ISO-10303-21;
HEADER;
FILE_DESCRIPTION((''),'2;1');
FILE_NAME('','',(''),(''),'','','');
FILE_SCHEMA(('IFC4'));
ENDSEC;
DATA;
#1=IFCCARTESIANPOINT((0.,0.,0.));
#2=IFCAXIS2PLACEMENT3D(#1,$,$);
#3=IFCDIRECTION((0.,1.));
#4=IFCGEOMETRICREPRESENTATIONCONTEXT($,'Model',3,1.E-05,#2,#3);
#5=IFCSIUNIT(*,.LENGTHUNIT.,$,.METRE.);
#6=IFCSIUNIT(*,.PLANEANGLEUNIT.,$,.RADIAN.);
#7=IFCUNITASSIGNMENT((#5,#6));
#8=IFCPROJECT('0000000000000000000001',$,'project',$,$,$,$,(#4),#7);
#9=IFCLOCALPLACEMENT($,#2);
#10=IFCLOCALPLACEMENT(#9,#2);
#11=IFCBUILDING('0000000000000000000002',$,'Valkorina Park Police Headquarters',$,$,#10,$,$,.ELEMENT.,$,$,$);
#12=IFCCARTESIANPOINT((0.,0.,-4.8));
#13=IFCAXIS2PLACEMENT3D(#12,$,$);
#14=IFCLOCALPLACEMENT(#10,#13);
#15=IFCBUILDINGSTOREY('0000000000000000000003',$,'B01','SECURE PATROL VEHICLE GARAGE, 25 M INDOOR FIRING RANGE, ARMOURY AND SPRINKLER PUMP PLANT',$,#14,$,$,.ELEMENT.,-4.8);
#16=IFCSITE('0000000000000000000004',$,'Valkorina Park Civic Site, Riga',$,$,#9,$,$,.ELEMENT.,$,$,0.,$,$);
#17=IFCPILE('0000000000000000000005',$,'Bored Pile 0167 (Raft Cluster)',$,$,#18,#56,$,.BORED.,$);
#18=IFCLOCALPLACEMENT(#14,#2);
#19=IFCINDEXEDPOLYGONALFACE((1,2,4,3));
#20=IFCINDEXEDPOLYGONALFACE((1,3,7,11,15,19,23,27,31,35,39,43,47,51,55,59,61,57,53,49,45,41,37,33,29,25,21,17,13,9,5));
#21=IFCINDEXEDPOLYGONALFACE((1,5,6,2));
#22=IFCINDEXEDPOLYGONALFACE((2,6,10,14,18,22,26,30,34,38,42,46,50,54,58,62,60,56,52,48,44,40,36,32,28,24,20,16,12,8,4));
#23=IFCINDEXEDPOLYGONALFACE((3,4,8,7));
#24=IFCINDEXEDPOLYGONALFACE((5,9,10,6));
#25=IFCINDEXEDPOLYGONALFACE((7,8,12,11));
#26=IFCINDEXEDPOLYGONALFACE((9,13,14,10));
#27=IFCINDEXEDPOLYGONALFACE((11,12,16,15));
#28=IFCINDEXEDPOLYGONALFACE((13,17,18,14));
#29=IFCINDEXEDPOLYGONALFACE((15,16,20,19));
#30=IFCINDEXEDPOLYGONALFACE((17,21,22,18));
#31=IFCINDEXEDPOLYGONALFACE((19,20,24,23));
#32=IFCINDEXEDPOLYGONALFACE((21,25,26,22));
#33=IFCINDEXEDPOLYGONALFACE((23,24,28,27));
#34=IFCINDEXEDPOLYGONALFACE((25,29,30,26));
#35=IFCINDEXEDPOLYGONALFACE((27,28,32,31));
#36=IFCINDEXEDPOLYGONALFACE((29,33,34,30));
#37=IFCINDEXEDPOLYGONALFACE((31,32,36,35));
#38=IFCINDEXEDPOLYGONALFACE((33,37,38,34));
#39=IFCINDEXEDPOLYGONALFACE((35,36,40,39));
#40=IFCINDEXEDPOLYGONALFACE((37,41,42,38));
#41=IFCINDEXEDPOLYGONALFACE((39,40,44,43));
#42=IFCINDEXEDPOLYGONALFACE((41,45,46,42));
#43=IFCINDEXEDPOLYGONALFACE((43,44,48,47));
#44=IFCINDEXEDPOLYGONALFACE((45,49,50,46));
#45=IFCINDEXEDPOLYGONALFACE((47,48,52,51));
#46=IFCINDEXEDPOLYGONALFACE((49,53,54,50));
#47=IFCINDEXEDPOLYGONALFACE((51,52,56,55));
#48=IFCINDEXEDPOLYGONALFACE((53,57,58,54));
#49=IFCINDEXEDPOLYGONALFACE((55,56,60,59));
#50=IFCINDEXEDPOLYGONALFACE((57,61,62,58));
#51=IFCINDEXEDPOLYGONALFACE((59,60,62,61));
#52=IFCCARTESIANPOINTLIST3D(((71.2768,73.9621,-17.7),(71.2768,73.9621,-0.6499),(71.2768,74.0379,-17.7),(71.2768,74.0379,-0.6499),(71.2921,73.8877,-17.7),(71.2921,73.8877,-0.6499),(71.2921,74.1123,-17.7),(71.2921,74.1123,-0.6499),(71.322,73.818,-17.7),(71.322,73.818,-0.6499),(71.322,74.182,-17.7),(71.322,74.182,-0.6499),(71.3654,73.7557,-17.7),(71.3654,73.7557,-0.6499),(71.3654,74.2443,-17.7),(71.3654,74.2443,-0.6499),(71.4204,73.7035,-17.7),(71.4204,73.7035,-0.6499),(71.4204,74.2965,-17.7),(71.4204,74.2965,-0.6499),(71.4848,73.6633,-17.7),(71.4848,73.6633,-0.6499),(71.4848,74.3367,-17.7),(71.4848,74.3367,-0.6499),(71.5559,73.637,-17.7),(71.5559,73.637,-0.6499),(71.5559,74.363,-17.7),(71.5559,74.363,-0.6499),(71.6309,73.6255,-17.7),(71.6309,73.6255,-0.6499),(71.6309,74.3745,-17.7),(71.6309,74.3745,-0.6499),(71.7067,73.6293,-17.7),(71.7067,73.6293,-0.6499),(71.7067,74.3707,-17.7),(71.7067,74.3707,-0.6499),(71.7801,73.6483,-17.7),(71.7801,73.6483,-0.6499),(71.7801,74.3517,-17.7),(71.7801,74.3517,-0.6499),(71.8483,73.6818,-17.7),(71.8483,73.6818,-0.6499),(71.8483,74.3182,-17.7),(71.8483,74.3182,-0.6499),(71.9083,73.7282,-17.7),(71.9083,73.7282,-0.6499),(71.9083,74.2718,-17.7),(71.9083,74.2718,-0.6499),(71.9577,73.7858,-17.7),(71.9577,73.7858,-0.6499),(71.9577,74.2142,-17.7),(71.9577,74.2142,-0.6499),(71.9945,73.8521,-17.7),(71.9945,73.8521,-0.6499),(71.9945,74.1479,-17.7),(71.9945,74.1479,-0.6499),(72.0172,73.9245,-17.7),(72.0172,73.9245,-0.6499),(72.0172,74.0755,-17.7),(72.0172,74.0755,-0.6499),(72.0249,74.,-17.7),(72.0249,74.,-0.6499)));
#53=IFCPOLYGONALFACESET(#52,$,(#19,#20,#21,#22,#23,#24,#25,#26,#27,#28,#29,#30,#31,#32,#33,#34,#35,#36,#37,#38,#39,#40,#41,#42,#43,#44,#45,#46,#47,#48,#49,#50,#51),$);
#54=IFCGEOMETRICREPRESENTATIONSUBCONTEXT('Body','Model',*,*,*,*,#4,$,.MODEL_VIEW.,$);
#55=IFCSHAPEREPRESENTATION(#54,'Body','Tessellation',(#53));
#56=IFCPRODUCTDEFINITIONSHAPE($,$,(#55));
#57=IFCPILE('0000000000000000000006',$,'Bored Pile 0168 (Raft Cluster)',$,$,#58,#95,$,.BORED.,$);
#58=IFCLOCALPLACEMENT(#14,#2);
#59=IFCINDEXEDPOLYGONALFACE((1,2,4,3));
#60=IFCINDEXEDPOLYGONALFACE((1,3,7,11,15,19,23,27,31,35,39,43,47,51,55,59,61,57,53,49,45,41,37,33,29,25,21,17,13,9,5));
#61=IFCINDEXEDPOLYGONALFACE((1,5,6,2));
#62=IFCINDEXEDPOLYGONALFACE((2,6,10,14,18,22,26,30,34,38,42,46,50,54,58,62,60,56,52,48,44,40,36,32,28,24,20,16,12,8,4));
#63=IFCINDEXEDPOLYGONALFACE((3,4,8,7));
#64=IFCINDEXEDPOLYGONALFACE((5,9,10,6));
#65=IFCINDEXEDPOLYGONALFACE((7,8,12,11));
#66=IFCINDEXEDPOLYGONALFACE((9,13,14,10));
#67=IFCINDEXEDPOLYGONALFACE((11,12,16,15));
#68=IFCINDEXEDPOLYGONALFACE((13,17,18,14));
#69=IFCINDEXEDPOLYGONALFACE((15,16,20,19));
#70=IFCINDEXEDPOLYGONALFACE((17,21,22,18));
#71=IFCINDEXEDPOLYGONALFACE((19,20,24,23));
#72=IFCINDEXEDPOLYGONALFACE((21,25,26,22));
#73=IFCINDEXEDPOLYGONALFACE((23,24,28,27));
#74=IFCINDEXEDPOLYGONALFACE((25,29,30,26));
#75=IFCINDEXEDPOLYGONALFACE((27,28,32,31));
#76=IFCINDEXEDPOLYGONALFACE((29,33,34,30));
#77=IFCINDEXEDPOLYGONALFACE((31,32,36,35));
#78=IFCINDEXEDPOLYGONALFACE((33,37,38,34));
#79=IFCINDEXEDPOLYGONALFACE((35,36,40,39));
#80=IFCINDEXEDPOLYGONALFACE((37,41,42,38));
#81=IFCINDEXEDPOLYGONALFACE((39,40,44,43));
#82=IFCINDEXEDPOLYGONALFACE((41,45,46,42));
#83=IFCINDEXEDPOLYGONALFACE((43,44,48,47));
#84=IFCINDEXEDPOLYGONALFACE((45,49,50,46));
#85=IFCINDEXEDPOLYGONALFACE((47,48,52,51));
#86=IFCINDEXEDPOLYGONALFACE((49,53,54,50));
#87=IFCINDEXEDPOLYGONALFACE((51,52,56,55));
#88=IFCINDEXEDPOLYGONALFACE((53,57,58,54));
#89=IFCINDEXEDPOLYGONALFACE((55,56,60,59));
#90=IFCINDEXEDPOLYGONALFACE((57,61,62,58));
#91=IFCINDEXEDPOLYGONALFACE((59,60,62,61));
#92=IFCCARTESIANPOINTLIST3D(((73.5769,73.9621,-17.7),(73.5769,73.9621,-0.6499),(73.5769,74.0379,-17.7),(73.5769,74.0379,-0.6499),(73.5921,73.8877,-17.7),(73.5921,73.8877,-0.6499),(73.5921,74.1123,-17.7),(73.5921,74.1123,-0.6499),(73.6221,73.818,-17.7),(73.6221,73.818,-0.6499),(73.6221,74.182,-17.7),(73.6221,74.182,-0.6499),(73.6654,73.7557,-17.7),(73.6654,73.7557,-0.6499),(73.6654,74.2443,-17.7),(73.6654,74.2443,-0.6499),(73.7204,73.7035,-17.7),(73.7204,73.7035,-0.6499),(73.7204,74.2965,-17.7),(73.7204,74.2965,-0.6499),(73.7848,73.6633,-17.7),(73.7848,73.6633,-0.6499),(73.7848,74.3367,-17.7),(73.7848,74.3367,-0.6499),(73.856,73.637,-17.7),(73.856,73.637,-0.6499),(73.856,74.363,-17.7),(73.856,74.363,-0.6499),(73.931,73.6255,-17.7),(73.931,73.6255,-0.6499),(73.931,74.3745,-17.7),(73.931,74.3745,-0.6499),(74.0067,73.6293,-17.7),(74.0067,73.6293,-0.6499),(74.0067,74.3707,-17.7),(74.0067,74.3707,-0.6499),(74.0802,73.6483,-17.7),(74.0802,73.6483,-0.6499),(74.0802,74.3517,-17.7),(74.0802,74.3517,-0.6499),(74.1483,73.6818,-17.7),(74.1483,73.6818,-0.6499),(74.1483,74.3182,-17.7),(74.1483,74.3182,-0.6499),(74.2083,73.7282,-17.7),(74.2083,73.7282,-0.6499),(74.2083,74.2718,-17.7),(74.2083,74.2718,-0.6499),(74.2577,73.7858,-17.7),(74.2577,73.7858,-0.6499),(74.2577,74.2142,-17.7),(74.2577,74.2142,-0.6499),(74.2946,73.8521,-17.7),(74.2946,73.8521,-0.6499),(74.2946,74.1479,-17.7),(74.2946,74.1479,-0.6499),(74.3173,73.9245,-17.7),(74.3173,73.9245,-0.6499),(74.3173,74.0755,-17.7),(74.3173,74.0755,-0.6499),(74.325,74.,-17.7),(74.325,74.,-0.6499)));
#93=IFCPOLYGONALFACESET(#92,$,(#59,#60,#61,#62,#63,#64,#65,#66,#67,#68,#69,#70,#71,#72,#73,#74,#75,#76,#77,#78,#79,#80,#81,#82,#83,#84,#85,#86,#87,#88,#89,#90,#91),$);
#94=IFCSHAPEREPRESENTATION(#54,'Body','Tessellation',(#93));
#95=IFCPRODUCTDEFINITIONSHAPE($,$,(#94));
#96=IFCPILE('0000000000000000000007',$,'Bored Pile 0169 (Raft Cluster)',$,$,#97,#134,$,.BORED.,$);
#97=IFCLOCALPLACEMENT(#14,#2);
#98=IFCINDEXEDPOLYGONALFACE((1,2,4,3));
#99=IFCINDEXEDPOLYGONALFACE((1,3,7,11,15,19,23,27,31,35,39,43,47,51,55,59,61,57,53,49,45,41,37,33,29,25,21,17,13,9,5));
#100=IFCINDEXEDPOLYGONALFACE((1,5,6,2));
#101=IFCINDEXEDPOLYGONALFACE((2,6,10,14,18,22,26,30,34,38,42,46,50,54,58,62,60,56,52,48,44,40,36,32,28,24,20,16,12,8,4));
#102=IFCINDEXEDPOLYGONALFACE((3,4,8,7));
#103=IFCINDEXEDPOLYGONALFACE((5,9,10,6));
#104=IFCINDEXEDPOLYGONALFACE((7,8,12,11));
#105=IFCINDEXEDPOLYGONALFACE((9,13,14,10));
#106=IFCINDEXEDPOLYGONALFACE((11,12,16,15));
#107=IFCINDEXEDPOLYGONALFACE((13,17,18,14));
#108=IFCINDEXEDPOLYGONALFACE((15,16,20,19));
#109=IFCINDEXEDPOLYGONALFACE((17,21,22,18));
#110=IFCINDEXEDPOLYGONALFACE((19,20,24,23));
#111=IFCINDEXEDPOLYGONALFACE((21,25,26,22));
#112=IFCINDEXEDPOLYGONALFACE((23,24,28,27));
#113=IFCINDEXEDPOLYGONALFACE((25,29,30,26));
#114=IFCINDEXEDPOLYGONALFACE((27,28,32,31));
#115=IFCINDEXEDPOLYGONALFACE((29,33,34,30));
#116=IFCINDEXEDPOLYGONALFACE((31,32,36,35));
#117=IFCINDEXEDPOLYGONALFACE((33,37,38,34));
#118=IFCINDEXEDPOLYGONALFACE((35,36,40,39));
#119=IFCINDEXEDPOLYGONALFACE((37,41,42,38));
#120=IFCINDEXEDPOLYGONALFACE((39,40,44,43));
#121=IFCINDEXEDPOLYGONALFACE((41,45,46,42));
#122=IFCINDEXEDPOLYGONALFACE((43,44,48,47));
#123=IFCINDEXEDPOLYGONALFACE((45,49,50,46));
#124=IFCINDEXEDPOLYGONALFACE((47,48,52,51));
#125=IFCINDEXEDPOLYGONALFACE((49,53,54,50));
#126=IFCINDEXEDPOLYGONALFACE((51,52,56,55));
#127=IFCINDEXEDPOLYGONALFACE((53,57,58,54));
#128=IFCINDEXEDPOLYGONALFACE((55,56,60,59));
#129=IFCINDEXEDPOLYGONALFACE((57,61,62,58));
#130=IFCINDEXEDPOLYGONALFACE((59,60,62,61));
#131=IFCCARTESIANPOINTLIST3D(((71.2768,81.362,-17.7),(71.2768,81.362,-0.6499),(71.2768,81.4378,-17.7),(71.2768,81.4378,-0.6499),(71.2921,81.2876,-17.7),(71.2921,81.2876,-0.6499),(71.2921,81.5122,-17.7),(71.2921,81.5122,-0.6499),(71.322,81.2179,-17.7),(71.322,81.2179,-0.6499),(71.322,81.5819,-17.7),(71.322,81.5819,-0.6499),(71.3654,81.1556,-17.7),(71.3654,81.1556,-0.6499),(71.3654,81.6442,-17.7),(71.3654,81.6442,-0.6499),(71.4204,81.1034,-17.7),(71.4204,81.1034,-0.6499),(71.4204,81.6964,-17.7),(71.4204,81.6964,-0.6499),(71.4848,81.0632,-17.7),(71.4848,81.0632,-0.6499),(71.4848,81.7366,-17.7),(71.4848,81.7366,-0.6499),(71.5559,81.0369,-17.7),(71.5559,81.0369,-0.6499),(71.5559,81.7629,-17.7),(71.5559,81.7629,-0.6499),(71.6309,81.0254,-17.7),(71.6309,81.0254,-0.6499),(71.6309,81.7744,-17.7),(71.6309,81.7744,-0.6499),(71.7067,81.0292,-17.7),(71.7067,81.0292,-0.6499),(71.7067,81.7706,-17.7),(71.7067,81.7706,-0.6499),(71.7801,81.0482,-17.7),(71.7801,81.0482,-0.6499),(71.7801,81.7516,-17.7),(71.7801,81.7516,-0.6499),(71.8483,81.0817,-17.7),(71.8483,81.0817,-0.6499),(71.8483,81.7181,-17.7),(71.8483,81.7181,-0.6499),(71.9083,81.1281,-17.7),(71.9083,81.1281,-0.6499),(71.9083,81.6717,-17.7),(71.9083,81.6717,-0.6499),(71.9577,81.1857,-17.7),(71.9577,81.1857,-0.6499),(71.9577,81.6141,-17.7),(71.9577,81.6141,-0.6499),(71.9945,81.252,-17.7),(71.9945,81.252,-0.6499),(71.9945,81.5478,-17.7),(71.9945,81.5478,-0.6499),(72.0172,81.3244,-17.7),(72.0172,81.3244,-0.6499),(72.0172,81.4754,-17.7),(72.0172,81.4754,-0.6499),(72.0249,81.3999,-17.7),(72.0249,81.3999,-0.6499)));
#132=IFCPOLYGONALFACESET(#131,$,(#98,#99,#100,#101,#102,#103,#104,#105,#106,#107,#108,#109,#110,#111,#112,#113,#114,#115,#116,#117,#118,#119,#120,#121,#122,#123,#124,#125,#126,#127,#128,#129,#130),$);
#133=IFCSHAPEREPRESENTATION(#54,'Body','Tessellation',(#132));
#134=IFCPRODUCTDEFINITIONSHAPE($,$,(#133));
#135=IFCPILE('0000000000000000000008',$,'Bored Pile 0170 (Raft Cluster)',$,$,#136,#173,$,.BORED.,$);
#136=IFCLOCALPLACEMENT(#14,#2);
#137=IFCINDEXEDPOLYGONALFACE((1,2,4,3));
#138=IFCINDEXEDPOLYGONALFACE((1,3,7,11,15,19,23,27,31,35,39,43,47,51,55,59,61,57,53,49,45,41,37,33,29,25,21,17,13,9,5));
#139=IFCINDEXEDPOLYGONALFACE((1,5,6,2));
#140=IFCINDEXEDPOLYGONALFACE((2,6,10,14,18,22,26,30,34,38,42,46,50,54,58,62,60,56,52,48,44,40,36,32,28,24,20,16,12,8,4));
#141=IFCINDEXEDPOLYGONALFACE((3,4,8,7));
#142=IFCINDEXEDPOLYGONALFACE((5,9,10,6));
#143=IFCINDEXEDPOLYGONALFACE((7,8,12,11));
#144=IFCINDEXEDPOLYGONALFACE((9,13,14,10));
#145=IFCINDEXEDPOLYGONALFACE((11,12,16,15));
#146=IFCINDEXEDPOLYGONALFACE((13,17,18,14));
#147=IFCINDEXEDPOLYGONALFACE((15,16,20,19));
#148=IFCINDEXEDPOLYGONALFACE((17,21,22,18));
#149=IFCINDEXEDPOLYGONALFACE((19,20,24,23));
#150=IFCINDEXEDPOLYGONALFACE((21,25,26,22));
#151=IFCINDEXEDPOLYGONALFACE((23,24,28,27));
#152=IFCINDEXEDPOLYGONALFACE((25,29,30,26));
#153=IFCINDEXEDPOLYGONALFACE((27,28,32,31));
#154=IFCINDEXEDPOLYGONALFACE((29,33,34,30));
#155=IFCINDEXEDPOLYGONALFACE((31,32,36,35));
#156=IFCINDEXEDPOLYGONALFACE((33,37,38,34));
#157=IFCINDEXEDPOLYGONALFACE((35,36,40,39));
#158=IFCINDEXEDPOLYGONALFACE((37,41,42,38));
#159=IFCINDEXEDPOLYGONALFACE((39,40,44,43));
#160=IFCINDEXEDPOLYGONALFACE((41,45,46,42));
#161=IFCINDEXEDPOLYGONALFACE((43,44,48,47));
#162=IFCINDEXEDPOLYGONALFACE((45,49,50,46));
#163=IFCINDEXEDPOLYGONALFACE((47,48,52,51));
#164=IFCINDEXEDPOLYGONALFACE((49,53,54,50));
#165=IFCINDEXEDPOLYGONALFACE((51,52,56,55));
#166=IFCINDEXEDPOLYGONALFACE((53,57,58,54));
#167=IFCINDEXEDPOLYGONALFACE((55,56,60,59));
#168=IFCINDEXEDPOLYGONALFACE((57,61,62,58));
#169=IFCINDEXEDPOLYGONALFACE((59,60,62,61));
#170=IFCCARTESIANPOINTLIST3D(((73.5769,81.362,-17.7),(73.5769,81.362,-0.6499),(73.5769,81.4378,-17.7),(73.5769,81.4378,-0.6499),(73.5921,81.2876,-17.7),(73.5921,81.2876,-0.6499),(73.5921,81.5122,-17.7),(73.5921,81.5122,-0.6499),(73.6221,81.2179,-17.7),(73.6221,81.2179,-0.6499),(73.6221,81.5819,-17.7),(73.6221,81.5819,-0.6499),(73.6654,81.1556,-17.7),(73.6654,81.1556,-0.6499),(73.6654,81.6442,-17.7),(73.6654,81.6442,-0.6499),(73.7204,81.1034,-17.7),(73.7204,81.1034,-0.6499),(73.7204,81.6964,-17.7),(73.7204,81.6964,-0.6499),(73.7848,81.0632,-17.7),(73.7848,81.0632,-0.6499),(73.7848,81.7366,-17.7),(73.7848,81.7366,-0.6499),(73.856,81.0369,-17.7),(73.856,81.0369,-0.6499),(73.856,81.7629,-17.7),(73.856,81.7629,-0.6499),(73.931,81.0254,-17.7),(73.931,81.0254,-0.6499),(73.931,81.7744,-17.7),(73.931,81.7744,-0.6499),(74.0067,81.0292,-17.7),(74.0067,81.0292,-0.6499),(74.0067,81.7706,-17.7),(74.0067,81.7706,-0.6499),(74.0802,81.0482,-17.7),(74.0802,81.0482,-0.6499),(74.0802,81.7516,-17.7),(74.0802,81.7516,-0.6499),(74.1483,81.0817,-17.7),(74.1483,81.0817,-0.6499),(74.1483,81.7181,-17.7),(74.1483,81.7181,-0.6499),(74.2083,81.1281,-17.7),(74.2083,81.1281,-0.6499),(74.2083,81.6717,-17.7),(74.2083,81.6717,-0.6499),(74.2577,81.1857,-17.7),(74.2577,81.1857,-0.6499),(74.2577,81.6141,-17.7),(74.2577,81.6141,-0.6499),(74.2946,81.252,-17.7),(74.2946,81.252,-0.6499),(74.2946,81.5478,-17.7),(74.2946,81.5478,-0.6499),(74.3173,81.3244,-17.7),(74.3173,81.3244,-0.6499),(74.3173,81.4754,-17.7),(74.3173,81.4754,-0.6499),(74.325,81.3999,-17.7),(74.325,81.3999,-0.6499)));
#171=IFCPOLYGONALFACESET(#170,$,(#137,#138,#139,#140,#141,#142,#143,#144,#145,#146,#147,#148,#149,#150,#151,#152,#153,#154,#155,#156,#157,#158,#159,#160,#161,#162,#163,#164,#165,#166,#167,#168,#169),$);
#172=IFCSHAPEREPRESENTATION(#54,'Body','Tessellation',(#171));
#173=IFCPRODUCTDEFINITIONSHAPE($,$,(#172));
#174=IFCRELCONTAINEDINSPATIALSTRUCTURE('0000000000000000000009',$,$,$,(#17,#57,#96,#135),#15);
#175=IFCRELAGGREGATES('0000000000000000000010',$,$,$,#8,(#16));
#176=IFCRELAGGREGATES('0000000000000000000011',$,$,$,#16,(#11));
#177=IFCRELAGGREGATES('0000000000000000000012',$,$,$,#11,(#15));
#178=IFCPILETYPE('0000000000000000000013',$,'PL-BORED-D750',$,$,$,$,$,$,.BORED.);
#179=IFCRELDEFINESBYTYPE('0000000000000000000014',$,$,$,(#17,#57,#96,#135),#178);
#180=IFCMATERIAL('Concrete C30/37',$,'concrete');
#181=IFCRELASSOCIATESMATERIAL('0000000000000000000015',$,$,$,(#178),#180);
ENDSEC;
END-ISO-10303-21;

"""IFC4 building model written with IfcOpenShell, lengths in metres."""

from ifc_helpers import new_model, si_unit, direction, frame, origin, origin_2d, place, context, subcontext, project, spatial, circle, extrude, material, material_profile, profile_set, type_object, element, save


model = new_model("IFC4")

# Units and contexts
model_context = context("Model", 3, precision=1e-05, world=origin(), true_north=direction((0.0, 1.0)))
body_context = subcontext(model_context, "Body", "Model", "MODEL_VIEW")
ifc_project = project(units=[si_unit("LENGTHUNIT", "METRE"), si_unit("PLANEANGLEUNIT", "RADIAN")], contexts=[model_context])

# Site, building, storey
site_placement = place(None, origin())
site = spatial("IfcSite", under=ifc_project, at=site_placement, Name="Valkorina Park Civic Site, Riga", CompositionType="ELEMENT", RefElevation=0.0)
building_placement = place(site_placement, origin())
building = spatial("IfcBuilding", under=site, at=building_placement, Name="Valkorina Park Police Headquarters", CompositionType="ELEMENT")
storey_placement = place(building_placement, frame((0.0, 0.0, -4.8)))
storey = spatial("IfcBuildingStorey", under=building, at=storey_placement, Name="B01", Description="SECURE PATROL VEHICLE GARAGE, 25 M INDOOR FIRING RANGE, ARMOURY AND SPRINKLER PUMP PLANT", CompositionType="ELEMENT", Elevation=-4.8)

# Piles
ifc_material_1 = material(Name="Concrete C30/37", Category="concrete")
ifc_material_profile_1 = material_profile(ifc_material_1, circle(Radius=0.375, at=origin_2d()), Name="BORED PILE D750")
ifc_profile_set_1 = profile_set([ifc_material_profile_1], Name="Concrete C30/37")
pile_type_1 = type_object("IfcPileType", Name="PL-BORED-D750", PredefinedType="BORED", material=ifc_profile_set_1)
for number, where, z_axis, x_axis, name in (
    (1, (71.6499, 74.0, -0.6499), (0.0, 0.0, -1.0), (1.0, 0.0, 0.0), "Bored Pile 0167 (Raft Cluster)"),
    (2, (73.95, 74.0, -0.6499), (0.0, 0.0, -1.0), (1.0, 0.0, 0.0), "Bored Pile 0168 (Raft Cluster)"),
    (3, (71.6499, 81.3999, -0.6499), (0.0, 0.0, -1.0), (1.0, 0.0, 0.0), "Bored Pile 0169 (Raft Cluster)"),
    (4, (73.95, 81.3999, -0.6499), (0.0, 0.0, -1.0), (1.0, 0.0, 0.0), "Bored Pile 0170 (Raft Cluster)"),
):
    element("IfcPile", number, at=place(storey_placement, frame(where, z_axis=z_axis, x_axis=x_axis)), inside=storey, type_object=pile_type_1, Name=name, PredefinedType="BORED", context=body_context, shape_type="SweptSolid", body=[
        extrude(circle(Radius=0.375, at=origin_2d()), origin(), (0.0, 0.0, 1.0), 17.05),
    ])

save(model, "model.ifc")
